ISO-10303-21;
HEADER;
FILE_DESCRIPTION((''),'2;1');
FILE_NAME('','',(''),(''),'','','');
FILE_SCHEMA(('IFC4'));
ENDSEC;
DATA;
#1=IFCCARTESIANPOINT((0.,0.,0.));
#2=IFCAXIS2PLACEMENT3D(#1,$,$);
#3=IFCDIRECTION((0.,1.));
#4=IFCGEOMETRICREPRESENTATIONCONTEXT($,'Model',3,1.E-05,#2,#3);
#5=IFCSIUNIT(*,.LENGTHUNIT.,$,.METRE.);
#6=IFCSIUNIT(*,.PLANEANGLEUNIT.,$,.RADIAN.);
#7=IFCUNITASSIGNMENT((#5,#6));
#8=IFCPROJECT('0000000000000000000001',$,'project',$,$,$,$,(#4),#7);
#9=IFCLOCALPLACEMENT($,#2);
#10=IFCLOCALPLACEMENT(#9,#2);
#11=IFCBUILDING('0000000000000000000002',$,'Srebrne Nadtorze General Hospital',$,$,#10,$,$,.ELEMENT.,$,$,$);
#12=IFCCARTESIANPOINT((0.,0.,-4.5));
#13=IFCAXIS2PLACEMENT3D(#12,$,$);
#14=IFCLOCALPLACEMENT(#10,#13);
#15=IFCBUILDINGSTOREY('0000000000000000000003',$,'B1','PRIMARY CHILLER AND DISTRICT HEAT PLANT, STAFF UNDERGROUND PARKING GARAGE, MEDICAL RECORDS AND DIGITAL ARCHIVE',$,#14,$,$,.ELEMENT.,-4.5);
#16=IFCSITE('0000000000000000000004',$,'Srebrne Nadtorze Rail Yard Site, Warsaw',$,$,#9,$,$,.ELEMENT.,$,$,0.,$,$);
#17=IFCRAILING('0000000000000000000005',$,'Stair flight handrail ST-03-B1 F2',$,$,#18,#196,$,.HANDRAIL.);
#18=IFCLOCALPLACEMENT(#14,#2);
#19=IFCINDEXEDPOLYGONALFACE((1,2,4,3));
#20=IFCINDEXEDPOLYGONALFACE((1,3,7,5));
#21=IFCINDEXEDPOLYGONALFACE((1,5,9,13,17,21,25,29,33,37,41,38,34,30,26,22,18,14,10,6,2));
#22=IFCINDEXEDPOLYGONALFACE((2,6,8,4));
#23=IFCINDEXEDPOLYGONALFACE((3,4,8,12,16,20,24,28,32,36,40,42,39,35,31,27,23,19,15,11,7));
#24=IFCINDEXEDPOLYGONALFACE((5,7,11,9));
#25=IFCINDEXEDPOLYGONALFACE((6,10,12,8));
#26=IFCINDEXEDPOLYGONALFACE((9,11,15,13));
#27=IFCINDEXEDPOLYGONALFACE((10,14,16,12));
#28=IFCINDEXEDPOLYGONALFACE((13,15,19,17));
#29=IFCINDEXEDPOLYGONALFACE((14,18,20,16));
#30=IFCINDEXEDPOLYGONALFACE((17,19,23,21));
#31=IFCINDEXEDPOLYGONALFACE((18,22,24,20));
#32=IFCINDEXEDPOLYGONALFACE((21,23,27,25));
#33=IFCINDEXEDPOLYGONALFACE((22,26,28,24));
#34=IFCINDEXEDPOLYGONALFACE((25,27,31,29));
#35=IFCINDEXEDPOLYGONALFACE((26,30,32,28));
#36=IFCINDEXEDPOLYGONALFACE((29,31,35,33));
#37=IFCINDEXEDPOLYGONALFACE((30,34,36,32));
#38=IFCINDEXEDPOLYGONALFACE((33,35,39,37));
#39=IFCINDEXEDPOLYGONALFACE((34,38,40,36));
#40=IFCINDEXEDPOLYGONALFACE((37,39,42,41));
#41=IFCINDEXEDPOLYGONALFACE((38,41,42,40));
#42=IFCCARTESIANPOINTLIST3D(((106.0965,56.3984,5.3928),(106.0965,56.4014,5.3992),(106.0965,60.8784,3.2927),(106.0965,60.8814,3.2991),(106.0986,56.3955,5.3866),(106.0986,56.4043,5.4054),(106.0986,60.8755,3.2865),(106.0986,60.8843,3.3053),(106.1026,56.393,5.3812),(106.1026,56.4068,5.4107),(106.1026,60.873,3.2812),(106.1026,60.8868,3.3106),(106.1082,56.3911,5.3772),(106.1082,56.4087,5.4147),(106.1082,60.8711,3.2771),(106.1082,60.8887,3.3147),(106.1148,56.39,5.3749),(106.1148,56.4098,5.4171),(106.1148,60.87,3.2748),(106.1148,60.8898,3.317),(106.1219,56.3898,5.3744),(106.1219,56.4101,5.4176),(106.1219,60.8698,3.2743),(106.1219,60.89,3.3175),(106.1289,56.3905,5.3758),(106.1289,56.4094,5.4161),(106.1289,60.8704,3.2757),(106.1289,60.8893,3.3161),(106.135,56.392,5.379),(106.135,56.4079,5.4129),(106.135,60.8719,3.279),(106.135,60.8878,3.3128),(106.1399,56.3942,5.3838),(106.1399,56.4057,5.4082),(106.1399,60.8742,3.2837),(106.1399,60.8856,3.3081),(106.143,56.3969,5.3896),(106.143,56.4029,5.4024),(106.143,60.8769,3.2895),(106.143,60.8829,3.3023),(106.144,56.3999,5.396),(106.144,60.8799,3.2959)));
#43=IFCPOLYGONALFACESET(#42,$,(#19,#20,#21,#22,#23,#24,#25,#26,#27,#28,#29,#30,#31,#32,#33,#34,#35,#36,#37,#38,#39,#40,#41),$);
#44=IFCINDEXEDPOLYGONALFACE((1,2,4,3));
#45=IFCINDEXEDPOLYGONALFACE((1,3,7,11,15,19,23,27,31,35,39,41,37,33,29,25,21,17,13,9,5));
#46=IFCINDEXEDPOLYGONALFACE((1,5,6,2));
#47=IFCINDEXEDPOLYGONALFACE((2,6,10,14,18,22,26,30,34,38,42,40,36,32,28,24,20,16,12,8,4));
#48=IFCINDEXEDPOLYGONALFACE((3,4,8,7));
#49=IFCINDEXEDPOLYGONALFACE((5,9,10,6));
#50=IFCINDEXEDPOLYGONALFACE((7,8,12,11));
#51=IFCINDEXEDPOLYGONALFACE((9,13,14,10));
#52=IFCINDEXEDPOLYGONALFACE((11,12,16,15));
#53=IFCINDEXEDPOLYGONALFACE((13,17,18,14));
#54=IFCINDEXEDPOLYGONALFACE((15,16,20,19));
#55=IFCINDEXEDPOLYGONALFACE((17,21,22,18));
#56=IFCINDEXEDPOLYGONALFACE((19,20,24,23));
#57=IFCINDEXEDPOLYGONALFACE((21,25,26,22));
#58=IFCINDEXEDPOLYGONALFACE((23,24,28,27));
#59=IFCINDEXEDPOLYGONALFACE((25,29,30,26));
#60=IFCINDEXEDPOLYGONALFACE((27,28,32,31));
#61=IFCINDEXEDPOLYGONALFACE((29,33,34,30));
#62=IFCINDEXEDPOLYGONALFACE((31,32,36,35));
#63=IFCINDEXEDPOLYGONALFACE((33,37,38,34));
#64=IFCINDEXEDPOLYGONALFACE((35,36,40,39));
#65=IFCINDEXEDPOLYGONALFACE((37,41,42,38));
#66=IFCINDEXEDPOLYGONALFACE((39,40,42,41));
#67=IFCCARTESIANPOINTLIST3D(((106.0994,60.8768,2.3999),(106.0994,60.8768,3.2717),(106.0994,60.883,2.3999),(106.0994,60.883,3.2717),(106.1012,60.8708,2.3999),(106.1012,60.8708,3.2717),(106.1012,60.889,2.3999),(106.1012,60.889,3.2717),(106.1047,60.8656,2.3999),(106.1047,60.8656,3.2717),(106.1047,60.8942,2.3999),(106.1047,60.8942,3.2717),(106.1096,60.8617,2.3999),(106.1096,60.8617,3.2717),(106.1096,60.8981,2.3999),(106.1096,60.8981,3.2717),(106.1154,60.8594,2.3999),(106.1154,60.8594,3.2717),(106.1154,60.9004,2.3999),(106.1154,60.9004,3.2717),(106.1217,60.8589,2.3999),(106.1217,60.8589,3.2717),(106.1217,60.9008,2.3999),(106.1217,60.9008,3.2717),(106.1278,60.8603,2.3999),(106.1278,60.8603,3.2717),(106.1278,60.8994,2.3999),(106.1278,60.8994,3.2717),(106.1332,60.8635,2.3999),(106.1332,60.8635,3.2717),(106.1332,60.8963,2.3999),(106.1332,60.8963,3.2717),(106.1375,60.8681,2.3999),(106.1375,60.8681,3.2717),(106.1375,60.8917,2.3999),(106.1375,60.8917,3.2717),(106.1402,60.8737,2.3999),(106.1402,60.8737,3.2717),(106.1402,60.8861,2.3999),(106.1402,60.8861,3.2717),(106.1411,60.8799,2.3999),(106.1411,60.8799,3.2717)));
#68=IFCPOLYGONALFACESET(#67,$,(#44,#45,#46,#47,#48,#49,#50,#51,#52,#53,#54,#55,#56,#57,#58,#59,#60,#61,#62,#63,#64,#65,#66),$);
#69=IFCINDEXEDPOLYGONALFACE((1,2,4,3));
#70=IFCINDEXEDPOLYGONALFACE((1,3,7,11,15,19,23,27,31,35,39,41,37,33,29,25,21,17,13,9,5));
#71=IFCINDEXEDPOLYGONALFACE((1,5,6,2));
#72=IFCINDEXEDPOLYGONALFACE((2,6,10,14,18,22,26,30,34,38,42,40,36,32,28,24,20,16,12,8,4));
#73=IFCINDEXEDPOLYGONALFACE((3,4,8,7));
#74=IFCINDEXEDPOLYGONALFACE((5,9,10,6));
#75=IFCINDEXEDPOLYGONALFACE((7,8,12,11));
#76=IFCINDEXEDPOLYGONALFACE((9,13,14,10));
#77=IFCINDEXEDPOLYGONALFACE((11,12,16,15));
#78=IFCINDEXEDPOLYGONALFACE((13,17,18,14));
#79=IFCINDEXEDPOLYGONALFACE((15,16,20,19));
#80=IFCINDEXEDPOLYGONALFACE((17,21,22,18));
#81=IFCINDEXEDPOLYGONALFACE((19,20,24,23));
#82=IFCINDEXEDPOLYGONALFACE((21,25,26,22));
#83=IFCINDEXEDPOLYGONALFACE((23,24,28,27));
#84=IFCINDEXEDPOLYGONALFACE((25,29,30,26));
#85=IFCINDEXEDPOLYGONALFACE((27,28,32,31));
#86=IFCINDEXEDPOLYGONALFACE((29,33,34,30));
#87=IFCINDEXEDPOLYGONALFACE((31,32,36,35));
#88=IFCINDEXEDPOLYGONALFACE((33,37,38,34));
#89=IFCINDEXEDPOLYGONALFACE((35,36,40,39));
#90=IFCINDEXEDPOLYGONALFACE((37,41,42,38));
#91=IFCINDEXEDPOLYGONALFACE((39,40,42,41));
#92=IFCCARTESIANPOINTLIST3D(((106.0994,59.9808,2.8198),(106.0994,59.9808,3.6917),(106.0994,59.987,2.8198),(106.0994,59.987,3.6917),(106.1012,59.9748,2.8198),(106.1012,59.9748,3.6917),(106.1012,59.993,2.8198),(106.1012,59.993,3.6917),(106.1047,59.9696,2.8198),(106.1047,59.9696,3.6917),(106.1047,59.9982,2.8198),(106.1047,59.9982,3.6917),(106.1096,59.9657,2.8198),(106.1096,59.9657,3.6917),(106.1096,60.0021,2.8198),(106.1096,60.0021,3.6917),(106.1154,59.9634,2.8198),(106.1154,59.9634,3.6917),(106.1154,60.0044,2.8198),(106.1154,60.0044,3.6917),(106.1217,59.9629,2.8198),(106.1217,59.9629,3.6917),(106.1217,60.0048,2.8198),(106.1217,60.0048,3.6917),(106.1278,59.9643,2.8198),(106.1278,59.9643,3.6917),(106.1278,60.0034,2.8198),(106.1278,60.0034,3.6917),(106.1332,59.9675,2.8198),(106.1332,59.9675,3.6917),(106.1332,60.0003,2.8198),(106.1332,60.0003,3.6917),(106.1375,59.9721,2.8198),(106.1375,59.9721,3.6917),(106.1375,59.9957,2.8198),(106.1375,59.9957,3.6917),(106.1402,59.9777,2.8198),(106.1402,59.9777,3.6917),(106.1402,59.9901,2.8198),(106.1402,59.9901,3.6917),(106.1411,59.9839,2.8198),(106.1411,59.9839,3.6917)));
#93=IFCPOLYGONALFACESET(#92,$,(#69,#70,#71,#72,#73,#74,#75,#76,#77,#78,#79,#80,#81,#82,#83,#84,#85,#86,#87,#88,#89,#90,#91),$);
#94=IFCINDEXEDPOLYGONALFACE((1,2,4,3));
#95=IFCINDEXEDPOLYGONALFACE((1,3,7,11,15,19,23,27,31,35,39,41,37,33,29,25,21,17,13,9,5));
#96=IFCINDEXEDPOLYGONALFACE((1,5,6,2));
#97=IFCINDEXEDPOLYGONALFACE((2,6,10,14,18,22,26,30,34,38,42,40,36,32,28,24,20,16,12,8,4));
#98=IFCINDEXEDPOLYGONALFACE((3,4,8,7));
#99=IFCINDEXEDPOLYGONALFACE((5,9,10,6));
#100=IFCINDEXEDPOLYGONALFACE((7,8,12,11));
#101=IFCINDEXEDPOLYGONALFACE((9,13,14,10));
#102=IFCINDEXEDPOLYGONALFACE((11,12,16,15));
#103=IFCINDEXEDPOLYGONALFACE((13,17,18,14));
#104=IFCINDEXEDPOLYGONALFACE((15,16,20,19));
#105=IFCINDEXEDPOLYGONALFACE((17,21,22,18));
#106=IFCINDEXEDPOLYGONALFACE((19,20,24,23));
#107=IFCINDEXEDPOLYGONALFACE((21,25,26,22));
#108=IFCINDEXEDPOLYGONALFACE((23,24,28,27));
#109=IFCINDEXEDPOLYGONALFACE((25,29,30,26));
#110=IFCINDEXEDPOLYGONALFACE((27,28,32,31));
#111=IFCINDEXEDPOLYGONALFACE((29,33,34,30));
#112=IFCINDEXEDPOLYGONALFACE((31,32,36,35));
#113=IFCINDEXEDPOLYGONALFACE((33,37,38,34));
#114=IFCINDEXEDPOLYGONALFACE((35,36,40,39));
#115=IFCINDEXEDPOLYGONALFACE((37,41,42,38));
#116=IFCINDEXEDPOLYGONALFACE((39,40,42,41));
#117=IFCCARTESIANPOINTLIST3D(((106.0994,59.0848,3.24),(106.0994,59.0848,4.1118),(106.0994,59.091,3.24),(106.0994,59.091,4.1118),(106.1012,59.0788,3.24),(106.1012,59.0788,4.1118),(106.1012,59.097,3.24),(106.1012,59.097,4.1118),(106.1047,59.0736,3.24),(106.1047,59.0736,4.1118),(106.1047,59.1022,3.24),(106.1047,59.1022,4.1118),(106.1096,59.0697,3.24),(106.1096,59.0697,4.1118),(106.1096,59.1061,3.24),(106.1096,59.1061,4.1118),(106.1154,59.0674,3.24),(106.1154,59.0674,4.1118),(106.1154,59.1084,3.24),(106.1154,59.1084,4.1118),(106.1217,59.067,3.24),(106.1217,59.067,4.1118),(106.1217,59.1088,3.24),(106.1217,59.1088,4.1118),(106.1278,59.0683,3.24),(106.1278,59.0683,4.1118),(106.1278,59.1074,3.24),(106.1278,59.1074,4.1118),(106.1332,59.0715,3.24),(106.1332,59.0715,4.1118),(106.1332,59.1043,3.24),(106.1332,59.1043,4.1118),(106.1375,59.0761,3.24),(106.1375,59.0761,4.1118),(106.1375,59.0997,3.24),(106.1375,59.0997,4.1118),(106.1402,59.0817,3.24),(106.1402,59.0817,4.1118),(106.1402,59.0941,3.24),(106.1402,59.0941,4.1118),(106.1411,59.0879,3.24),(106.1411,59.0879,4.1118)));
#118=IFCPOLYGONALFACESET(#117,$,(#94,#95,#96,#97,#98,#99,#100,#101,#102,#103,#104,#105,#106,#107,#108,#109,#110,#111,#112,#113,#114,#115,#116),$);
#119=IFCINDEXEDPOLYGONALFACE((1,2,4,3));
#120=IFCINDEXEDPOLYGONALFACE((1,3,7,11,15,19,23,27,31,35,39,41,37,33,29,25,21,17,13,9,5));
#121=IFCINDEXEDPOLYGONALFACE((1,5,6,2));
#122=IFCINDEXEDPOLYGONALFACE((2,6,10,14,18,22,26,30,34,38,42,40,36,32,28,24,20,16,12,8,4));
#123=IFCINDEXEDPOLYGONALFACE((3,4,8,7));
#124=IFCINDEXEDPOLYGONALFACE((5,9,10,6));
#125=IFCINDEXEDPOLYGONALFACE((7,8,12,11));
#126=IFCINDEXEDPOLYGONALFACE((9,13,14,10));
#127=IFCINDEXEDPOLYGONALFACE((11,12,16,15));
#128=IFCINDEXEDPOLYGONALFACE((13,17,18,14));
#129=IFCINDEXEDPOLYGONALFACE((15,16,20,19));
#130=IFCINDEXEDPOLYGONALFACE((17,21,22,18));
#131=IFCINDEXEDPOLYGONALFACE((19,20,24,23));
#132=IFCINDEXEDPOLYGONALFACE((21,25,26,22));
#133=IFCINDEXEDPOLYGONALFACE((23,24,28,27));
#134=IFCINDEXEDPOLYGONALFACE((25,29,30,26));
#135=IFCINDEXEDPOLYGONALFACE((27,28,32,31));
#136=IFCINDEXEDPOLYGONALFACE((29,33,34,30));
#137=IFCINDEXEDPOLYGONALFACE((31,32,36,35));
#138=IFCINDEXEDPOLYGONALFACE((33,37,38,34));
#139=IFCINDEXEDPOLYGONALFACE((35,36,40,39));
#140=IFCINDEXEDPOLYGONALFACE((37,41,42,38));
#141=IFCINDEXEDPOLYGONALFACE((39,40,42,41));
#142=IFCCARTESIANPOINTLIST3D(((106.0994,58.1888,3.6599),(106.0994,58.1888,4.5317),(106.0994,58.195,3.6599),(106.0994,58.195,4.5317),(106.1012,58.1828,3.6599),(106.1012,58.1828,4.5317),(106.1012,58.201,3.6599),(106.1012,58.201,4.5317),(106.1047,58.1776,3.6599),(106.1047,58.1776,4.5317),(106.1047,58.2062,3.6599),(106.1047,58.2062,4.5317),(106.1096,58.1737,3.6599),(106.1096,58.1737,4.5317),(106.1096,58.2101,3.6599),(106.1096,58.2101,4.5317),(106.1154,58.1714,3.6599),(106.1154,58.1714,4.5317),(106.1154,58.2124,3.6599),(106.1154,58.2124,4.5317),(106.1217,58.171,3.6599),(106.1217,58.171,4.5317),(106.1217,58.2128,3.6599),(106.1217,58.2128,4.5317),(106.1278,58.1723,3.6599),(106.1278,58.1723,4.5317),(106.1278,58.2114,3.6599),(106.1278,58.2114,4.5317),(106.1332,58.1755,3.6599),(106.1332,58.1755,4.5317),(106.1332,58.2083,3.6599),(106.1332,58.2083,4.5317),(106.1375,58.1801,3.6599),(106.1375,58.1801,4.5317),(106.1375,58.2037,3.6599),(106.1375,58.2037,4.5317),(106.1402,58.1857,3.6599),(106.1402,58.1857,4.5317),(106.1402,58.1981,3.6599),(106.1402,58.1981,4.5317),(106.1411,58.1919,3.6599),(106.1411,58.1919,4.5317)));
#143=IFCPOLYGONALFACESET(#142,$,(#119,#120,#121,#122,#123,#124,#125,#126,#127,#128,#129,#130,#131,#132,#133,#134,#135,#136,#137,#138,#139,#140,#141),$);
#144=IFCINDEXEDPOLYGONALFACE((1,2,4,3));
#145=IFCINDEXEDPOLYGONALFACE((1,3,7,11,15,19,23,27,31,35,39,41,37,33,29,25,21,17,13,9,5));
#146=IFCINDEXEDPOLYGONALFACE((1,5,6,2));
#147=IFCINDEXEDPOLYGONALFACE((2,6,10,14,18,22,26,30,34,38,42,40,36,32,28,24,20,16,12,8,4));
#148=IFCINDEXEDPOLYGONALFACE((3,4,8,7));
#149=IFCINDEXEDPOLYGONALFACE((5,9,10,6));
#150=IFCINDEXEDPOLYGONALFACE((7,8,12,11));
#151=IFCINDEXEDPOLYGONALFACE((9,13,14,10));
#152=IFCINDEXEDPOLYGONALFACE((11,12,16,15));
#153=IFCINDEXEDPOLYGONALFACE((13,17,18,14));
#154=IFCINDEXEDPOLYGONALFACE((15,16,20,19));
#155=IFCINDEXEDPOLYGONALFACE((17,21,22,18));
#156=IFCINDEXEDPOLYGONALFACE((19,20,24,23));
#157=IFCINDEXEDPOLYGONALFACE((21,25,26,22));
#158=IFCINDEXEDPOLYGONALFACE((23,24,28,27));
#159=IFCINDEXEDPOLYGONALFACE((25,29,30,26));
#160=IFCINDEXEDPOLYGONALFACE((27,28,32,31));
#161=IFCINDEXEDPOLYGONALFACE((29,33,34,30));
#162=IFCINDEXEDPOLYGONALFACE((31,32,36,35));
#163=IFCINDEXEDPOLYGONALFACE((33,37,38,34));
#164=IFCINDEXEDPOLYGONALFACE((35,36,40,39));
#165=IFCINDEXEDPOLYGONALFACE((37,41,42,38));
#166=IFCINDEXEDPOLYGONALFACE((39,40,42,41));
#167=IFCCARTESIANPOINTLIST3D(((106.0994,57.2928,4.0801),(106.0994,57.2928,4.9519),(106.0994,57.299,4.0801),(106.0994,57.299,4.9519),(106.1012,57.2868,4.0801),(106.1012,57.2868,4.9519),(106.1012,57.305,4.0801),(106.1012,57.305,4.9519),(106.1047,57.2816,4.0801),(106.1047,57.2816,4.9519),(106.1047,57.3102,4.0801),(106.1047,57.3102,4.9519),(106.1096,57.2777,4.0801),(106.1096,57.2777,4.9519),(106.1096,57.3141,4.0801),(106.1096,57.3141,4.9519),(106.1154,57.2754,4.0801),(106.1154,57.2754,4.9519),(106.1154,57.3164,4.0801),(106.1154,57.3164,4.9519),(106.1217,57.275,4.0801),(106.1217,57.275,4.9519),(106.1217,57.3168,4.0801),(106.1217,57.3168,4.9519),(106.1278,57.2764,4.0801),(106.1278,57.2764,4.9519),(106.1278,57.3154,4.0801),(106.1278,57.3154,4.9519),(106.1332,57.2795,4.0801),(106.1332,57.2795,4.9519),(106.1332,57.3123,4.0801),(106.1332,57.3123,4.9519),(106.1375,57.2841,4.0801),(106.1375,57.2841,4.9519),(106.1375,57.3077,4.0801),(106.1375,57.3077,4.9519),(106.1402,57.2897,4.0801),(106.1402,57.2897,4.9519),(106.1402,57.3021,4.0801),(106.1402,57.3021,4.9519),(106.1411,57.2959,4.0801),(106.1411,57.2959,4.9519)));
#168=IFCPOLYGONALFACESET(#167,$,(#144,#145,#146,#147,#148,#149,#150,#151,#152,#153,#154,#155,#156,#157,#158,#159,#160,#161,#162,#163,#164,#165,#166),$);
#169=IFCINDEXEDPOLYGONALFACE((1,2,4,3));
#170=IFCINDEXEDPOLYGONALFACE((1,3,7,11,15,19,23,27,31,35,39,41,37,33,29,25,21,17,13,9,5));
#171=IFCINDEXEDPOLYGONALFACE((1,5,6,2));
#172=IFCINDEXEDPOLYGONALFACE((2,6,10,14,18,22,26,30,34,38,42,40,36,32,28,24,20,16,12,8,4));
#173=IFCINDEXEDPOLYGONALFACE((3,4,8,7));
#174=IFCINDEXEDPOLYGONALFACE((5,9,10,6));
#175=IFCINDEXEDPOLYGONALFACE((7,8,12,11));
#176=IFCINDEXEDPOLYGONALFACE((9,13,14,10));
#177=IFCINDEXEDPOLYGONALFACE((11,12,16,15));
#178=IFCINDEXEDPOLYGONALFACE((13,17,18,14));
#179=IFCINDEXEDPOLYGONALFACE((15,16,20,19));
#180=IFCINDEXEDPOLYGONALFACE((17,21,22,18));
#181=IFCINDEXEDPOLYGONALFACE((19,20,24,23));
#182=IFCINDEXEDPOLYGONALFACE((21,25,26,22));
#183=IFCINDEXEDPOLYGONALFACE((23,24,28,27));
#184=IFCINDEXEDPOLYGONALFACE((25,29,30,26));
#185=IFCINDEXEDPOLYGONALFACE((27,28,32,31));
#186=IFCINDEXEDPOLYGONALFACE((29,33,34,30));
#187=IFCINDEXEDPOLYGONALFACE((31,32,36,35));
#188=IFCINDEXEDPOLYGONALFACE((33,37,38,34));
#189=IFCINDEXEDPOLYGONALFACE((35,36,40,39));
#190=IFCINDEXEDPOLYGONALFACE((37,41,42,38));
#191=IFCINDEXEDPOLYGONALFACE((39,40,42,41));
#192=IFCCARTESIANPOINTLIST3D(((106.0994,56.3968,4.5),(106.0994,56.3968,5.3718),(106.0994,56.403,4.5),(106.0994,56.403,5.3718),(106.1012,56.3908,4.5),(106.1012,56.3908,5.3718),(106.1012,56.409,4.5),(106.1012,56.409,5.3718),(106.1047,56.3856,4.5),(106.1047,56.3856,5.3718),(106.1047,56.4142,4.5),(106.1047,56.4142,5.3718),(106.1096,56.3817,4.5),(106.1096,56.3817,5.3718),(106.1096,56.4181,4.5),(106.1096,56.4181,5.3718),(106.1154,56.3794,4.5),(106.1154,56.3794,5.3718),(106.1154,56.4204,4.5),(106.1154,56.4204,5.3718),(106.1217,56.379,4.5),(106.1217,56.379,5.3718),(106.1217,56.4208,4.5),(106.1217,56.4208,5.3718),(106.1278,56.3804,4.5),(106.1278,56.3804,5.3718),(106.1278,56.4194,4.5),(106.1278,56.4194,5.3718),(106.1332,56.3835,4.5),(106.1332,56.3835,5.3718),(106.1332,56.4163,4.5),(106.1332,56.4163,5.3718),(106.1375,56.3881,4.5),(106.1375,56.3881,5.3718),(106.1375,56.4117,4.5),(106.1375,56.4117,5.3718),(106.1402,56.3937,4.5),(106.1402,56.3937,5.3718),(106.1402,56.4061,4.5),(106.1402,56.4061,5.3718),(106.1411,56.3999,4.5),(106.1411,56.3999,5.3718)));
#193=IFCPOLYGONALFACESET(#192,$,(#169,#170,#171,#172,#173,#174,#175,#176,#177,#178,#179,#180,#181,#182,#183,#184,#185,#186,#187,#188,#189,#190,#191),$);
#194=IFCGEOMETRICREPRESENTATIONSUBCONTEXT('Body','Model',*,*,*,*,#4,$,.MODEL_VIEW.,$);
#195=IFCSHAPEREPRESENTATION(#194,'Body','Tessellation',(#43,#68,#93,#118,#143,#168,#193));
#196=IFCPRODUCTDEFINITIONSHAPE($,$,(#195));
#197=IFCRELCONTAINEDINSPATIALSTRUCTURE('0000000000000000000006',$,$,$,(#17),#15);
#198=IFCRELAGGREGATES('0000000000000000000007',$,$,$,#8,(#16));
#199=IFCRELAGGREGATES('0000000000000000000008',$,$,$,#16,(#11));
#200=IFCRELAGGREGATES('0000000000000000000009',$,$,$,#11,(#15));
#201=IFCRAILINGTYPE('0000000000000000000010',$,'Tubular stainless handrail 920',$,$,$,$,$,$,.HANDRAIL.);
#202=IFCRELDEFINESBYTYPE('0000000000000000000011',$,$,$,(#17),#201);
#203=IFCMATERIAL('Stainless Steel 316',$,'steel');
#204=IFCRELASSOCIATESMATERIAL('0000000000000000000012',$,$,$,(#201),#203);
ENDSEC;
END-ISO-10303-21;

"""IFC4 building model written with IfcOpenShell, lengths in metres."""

from ifc_helpers import new_model, si_unit, direction, frame, origin, origin_2d, place, context, subcontext, project, spatial, circle, extrude, material, type_object, element, save


model = new_model("IFC4")

# Units and contexts
model_context = context("Model", 3, precision=1e-05, world=origin(), true_north=direction((0.0, 1.0)))
body_context = subcontext(model_context, "Body", "Model", "MODEL_VIEW")
ifc_project = project(units=[si_unit("LENGTHUNIT", "METRE"), si_unit("PLANEANGLEUNIT", "RADIAN")], contexts=[model_context])

# Site, building, storey
site_placement = place(None, origin())
site = spatial("IfcSite", under=ifc_project, at=site_placement, Name="Srebrne Nadtorze Rail Yard Site, Warsaw", CompositionType="ELEMENT", RefElevation=0.0)
building_placement = place(site_placement, origin())
building = spatial("IfcBuilding", under=site, at=building_placement, Name="Srebrne Nadtorze General Hospital", CompositionType="ELEMENT")
storey_placement = place(building_placement, frame((0.0, 0.0, -4.5)))
storey = spatial("IfcBuildingStorey", under=building, at=storey_placement, Name="B1", Description="PRIMARY CHILLER AND DISTRICT HEAT PLANT, STAFF UNDERGROUND PARKING GARAGE, MEDICAL RECORDS AND DIGITAL ARCHIVE", CompositionType="ELEMENT", Elevation=-4.5)

# Railing
ifc_material_1 = material(Name="Stainless Steel 316", Category="steel")
railing_type_1 = type_object("IfcRailingType", Name="Tubular stainless handrail 920", PredefinedType="HANDRAIL", material=ifc_material_1)
railing_1_placement = place(storey_placement, frame((106.1201, 60.8799, 2.3999)))
element("IfcRailing", 1, at=railing_1_placement, inside=storey, type_object=railing_type_1, Name="Stair flight handrail ST-03-B1 F2", PredefinedType="HANDRAIL", context=body_context, shape_type="SweptSolid", body=[
    extrude(circle(Radius=0.0239, at=origin_2d()), frame((0.0, 0.0, 0.896), z_axis=(0.0, -0.905451, 0.424452), x_axis=(1.0, 0.0, 0.0)), (0.0, 0.0, 1.0), 4.9478),
    extrude(circle(Radius=0.021, at=origin_2d()), origin(), (0.0, 0.0, 1.0), 0.8718),
    extrude(circle(Radius=0.021, at=origin_2d()), frame((0.0, -0.896, 0.4199)), (0.0, 0.0, 1.0), 0.8718),
    extrude(circle(Radius=0.021, at=origin_2d()), frame((0.0, -1.792, 0.8401)), (0.0, 0.0, 1.0), 0.8718),
    extrude(circle(Radius=0.021, at=origin_2d()), frame((0.0, -2.688, 1.26)), (0.0, 0.0, 1.0), 0.8718),
    extrude(circle(Radius=0.021, at=origin_2d()), frame((0.0, -3.584, 1.6802)), (0.0, 0.0, 1.0), 0.8718),
    extrude(circle(Radius=0.021, at=origin_2d()), frame((0.0, -4.48, 2.1001)), (0.0, 0.0, 1.0), 0.8718),
])

save(model, "model.ifc")
